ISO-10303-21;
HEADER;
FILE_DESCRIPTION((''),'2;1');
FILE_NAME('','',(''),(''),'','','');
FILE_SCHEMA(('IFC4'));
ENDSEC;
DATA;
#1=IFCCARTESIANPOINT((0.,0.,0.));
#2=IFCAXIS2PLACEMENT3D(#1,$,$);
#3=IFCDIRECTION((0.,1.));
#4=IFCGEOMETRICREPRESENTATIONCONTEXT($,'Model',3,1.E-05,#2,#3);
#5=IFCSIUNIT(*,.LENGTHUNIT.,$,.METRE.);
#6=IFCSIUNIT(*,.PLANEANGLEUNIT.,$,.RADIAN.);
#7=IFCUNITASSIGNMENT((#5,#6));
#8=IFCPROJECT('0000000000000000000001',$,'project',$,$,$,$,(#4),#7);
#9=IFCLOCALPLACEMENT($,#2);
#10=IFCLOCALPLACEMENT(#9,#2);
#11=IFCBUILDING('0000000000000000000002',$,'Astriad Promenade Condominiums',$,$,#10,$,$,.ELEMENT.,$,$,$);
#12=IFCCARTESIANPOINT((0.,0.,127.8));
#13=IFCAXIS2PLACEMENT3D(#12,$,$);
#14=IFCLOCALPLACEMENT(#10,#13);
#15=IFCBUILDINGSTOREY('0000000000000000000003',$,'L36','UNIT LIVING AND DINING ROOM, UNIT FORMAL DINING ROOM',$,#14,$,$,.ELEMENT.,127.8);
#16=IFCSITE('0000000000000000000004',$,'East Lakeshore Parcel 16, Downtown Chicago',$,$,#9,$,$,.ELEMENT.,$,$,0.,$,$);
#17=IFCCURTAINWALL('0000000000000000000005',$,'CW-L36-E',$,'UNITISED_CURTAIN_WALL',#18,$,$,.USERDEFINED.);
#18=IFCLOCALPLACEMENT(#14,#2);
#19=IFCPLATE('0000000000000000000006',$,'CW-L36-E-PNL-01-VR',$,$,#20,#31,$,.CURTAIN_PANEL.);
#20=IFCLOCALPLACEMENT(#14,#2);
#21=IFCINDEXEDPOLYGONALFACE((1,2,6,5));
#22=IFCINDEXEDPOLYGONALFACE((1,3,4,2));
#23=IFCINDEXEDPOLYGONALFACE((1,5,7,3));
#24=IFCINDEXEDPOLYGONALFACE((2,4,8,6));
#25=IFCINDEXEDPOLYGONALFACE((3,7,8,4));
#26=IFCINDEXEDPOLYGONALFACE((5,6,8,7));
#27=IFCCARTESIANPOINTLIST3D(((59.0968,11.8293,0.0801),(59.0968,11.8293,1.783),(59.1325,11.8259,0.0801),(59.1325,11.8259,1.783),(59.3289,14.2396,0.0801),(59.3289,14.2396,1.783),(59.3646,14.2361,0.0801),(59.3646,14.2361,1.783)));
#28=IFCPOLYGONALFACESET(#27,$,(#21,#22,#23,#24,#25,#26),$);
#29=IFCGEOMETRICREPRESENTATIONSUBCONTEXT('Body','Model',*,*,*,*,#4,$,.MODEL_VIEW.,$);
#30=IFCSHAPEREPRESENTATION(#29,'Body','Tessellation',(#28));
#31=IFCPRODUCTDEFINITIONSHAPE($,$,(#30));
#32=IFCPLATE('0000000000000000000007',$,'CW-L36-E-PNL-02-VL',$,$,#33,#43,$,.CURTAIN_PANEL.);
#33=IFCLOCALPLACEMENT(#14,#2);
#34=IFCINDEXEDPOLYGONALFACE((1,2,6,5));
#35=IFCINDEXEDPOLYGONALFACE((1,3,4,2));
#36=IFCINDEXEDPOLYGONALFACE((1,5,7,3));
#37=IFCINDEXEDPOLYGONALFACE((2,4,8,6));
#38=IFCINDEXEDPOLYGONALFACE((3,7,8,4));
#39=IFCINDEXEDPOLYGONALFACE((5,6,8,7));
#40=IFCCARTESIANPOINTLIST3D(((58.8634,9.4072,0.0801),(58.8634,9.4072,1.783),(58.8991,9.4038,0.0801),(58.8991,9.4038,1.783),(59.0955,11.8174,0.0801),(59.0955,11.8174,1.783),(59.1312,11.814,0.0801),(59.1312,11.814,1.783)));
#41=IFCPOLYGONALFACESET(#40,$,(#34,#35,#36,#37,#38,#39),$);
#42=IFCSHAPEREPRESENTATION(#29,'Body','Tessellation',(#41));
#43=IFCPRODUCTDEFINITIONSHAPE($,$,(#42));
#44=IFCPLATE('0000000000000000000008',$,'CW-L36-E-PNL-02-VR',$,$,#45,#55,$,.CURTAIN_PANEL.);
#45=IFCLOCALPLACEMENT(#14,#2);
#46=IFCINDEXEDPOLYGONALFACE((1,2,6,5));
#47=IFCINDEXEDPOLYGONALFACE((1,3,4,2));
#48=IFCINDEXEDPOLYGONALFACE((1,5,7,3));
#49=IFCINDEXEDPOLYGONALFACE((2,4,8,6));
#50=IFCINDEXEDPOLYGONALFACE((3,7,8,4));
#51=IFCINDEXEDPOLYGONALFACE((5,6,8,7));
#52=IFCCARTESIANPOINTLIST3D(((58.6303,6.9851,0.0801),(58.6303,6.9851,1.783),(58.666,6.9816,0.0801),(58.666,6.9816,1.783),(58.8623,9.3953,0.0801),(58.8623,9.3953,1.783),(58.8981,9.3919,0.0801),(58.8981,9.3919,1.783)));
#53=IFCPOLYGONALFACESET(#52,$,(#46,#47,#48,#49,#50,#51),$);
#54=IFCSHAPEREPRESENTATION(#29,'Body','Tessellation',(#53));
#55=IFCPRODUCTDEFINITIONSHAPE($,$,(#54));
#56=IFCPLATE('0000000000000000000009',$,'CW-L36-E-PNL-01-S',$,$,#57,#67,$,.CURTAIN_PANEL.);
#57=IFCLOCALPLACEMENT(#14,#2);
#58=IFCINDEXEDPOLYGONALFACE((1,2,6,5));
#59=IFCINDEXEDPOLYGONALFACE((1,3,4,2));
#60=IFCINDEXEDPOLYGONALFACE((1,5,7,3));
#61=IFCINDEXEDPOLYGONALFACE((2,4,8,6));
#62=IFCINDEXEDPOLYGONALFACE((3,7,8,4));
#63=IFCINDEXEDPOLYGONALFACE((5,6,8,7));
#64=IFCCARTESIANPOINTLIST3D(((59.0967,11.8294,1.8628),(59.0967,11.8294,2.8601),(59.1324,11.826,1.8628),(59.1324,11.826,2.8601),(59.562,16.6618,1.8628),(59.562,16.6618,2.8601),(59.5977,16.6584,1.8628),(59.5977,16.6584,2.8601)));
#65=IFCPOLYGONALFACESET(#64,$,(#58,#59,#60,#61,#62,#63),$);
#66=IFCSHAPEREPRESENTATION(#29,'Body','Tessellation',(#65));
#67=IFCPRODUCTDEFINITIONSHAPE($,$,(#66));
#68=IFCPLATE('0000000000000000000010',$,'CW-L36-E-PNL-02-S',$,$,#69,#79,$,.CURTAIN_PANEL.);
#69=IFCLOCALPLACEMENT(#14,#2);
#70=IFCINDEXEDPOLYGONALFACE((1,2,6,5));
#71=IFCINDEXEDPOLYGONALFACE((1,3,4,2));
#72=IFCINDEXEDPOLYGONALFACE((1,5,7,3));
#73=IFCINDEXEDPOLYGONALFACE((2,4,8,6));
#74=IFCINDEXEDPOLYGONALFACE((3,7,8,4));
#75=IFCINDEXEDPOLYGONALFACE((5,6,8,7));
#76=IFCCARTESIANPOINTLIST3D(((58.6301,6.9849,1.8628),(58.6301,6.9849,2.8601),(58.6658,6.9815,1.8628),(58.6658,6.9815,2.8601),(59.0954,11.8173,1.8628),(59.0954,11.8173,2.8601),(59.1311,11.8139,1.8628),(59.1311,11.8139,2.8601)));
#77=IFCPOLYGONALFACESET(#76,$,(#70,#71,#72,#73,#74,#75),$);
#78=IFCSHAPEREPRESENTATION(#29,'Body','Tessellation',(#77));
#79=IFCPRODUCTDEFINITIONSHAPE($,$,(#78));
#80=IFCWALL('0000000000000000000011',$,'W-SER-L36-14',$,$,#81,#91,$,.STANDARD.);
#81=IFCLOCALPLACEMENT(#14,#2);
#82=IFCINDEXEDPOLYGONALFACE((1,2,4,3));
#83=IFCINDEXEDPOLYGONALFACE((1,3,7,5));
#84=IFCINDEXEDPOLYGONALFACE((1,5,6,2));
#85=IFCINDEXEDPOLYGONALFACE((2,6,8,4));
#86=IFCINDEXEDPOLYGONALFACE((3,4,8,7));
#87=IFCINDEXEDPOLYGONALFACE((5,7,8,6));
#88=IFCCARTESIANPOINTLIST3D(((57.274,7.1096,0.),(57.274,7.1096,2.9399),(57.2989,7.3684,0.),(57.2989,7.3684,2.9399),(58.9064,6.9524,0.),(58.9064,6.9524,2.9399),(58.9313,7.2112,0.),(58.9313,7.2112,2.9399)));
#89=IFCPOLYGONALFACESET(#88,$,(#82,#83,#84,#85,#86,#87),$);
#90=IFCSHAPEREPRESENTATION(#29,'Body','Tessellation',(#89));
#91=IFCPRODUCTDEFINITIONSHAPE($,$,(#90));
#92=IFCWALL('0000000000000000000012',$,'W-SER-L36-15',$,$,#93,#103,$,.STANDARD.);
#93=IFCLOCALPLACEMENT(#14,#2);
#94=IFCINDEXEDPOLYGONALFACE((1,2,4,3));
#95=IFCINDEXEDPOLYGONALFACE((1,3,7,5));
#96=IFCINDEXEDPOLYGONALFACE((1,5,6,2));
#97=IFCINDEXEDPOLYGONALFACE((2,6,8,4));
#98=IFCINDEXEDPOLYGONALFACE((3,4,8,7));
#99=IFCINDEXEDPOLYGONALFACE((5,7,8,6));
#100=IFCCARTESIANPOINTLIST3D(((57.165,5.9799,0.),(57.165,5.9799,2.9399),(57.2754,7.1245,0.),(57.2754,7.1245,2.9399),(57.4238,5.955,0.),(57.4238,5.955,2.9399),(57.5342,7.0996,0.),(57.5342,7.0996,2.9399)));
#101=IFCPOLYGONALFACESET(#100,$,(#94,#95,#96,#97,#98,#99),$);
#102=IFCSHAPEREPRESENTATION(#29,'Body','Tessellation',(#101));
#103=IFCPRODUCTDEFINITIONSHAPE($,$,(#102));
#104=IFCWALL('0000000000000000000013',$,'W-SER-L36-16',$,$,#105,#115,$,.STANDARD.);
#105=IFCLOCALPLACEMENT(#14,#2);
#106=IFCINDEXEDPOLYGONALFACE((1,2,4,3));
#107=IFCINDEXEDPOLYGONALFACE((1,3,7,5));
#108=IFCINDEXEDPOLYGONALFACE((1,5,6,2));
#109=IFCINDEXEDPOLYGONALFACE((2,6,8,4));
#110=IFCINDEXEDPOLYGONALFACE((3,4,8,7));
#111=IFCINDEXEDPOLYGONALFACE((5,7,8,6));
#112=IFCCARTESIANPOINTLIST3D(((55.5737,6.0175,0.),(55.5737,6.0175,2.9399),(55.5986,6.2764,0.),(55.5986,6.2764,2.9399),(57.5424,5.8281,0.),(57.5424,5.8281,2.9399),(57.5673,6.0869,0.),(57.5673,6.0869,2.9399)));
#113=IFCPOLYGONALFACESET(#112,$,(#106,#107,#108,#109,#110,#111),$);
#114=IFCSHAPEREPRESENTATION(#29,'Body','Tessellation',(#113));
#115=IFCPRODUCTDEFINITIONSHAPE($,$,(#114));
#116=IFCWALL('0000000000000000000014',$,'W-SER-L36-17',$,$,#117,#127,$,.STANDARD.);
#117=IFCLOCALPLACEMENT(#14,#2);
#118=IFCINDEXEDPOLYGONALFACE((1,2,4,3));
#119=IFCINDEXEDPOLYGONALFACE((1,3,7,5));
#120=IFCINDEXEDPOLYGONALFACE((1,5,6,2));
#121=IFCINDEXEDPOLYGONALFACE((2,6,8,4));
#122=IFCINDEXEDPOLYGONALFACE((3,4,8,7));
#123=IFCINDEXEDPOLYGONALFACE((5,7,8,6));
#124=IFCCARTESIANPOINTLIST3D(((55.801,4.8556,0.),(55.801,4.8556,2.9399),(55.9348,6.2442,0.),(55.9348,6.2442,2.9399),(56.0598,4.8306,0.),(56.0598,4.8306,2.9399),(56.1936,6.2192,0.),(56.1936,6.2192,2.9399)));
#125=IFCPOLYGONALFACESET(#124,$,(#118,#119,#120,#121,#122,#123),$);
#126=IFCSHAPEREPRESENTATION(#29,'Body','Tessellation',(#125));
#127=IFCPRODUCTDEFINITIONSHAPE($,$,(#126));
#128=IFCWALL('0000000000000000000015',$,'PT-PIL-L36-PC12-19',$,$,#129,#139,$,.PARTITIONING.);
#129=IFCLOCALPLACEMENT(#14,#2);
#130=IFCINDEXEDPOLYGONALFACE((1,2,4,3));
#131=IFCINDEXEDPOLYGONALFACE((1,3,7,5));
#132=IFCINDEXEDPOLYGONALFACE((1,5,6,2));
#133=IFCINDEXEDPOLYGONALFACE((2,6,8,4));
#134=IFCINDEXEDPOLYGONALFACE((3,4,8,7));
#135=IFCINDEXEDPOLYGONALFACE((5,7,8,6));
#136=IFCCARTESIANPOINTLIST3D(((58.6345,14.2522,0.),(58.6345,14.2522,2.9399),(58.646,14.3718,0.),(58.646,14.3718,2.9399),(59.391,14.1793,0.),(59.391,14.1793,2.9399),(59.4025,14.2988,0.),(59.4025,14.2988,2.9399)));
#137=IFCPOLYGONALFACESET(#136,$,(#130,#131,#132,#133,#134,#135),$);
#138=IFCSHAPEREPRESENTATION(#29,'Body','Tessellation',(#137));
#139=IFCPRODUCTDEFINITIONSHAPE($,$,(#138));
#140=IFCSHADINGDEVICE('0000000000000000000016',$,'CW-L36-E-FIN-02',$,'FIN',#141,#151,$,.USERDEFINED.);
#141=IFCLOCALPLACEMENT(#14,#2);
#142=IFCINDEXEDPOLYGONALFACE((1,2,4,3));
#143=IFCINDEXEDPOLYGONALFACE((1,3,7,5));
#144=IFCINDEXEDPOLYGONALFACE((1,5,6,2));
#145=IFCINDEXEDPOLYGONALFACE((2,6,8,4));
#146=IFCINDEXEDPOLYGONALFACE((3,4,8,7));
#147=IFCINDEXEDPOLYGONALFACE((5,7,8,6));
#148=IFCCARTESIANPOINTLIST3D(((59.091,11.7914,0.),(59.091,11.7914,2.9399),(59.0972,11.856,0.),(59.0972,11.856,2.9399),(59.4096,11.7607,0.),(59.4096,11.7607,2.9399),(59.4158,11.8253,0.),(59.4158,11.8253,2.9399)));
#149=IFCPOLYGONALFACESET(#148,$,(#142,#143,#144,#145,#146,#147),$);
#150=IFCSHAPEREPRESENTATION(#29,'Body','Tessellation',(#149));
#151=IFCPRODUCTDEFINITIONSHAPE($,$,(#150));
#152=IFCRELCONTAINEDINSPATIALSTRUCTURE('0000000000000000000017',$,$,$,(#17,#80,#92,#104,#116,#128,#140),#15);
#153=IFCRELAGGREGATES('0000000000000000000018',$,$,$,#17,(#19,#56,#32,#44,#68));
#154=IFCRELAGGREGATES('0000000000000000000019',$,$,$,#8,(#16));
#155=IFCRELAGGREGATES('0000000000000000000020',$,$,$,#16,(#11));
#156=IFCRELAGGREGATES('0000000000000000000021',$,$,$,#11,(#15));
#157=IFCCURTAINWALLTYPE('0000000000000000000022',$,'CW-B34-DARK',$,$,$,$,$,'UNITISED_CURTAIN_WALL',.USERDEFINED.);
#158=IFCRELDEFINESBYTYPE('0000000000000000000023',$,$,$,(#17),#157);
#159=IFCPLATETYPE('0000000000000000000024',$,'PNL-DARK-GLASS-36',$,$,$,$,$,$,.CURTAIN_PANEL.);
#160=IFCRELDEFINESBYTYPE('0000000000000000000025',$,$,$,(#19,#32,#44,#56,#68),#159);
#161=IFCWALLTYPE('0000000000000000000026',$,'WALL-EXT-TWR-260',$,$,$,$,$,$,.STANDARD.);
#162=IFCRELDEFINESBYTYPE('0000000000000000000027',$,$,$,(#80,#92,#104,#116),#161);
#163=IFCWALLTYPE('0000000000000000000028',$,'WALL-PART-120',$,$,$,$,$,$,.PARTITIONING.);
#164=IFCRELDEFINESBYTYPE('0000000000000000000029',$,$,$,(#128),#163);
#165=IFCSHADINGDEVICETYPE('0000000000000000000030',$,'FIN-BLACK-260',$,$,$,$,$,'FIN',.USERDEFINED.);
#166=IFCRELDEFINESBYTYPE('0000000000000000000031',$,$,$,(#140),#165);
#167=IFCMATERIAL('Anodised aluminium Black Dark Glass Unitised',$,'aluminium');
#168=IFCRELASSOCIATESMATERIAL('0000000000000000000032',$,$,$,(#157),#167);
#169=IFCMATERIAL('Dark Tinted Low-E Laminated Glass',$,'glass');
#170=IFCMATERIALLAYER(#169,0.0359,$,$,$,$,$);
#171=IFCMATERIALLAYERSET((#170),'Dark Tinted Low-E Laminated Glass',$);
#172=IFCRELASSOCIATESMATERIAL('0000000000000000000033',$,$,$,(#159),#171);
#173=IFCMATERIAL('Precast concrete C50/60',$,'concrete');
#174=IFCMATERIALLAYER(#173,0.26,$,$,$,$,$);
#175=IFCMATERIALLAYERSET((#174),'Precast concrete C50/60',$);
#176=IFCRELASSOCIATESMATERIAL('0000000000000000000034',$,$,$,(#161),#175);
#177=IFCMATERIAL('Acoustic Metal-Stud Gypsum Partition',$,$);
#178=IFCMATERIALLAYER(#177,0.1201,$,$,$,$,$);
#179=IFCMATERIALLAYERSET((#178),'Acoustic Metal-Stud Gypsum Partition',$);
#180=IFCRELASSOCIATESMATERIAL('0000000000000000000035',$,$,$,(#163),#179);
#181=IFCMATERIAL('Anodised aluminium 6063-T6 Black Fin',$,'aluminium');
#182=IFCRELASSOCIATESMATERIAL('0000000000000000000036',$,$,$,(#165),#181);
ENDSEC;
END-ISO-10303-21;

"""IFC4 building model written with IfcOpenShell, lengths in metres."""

from ifc_helpers import new_model, si_unit, direction, frame, frame_2d, origin, origin_2d, place, context, subcontext, project, spatial, rectangle, extrude, source, transform, mapped, material, layer, layer_set, type_object, type_shapes, element, aggregate, save


model = new_model("IFC4")

# Units and contexts
model_context = context("Model", 3, precision=1e-05, world=origin(), true_north=direction((0.0, 1.0)))
body_context = subcontext(model_context, "Body", "Model", "MODEL_VIEW")
ifc_project = project(units=[si_unit("LENGTHUNIT", "METRE"), si_unit("PLANEANGLEUNIT", "RADIAN")], contexts=[model_context])

# Site, building, storey
site_placement = place(None, origin())
site = spatial("IfcSite", under=ifc_project, at=site_placement, Name="East Lakeshore Parcel 16, Downtown Chicago", CompositionType="ELEMENT", RefElevation=0.0)
building_placement = place(site_placement, origin())
building = spatial("IfcBuilding", under=site, at=building_placement, Name="Astriad Promenade Condominiums", CompositionType="ELEMENT")
storey_placement = place(building_placement, frame((0.0, 0.0, 127.8)))
storey = spatial("IfcBuildingStorey", under=building, at=storey_placement, Name="L36", Description="UNIT LIVING AND DINING ROOM, UNIT FORMAL DINING ROOM", CompositionType="ELEMENT", Elevation=127.8)

# Curtain wall, plates
ifc_material_1 = material(Name="Anodised aluminium Black Dark Glass Unitised", Category="aluminium")
curtain_wall_type = type_object("IfcCurtainWallType", Name="CW-B34-DARK", ElementType="UNITISED_CURTAIN_WALL", PredefinedType="USERDEFINED", material=ifc_material_1)
curtain_wall_placement = place(storey_placement, origin())
curtain_wall = element("IfcCurtainWall", 1, at=curtain_wall_placement, inside=storey, type_object=curtain_wall_type, Name="CW-L36-E", ObjectType="UNITISED_CURTAIN_WALL", PredefinedType="USERDEFINED")
ifc_material_2 = material(Name="Dark Tinted Low-E Laminated Glass", Category="glass")
ifc_layer_1 = layer(ifc_material_2, 0.0359)
ifc_layer_set_1 = layer_set([ifc_layer_1], Name="Dark Tinted Low-E Laminated Glass")
plate_type = type_object("IfcPlateType", Name="PNL-DARK-GLASS-36", PredefinedType="CURTAIN_PANEL", material=ifc_layer_set_1)
shared_shape_1 = source(origin(), body_context, "Body", "SweptSolid", [
    extrude(rectangle(XDim=2.4214, YDim=0.0359, at=origin_2d()), origin(), (0.0, 0.0, 1.0), 1.7029),
])
plate_1_placement = place(storey_placement, frame((59.2307, 13.0327, 0.0801), z_axis=(0.0, 0.0, 1.0), x_axis=(-0.095846, -0.995396, 0.0)))
plate_1 = element("IfcPlate", 2, at=plate_1_placement, type_object=plate_type, Name="CW-L36-E-PNL-01-VR", PredefinedType="CURTAIN_PANEL", context=body_context, shape_type="MappedRepresentation", body=[
    mapped(shared_shape_1, transform((0.0, 0.0, 0.0), scale=1.0)),
])
plate_2_placement = place(storey_placement, frame((58.9973, 10.6106, 0.0801), z_axis=(0.0, 0.0, 1.0), x_axis=(-0.095846, -0.995396, 0.0)))
plate_2 = element("IfcPlate", 3, at=plate_2_placement, type_object=plate_type, Name="CW-L36-E-PNL-02-VL", PredefinedType="CURTAIN_PANEL", context=body_context, shape_type="MappedRepresentation", body=[
    mapped(shared_shape_1, transform((0.0, 0.0, 0.0), scale=1.0)),
])
plate_3_placement = place(storey_placement, frame((58.7642, 8.1885, 0.0801), z_axis=(0.0, 0.0, 1.0), x_axis=(-0.095846, -0.995396, 0.0)))
plate_3 = element("IfcPlate", 4, at=plate_3_placement, type_object=plate_type, Name="CW-L36-E-PNL-02-VR", PredefinedType="CURTAIN_PANEL", context=body_context, shape_type="MappedRepresentation", body=[
    mapped(shared_shape_1, transform((0.0, 0.0, 0.0), scale=1.0)),
])
shared_shape_2 = source(origin(), body_context, "Body", "SweptSolid", [
    extrude(rectangle(XDim=4.8547, YDim=0.0359, at=origin_2d()), origin(), (0.0, 0.0, 1.0), 0.9973),
])
type_shapes(plate_type, [shared_shape_1, shared_shape_2])
plate_4_placement = place(storey_placement, frame((59.3472, 14.2439, 1.8628), z_axis=(0.0, 0.0, 1.0), x_axis=(-0.095846, -0.995396, 0.0)))
plate_4 = element("IfcPlate", 5, at=plate_4_placement, type_object=plate_type, Name="CW-L36-E-PNL-01-S", PredefinedType="CURTAIN_PANEL", context=body_context, shape_type="MappedRepresentation", body=[
    mapped(shared_shape_2, transform((0.0, 0.0, 0.0), scale=1.0)),
])
plate_5_placement = place(storey_placement, frame((58.8806, 9.3994, 1.8628), z_axis=(0.0, 0.0, 1.0), x_axis=(-0.095846, -0.995396, 0.0)))
plate_5 = element("IfcPlate", 6, at=plate_5_placement, type_object=plate_type, Name="CW-L36-E-PNL-02-S", PredefinedType="CURTAIN_PANEL", context=body_context, shape_type="MappedRepresentation", body=[
    mapped(shared_shape_2, transform((0.0, 0.0, 0.0), scale=1.0)),
])
aggregate(curtain_wall, [plate_1, plate_4, plate_2, plate_3, plate_5])

# Walls
ifc_material_3 = material(Name="Precast concrete C50/60", Category="concrete")
ifc_layer_2 = layer(ifc_material_3, 0.26)
ifc_layer_set_2 = layer_set([ifc_layer_2], Name="Precast concrete C50/60")
wall_type_1 = type_object("IfcWallType", Name="WALL-EXT-TWR-260", PredefinedType="STANDARD", material=ifc_layer_set_2)
wall_1_placement = place(storey_placement, frame((58.9187, 7.0818, 0.0), z_axis=(0.0, 0.0, 1.0), x_axis=(-0.995393, 0.095877, 0.0)))
element("IfcWall", 7, at=wall_1_placement, inside=storey, type_object=wall_type_1, Name="W-SER-L36-14", PredefinedType="STANDARD", context=body_context, shape_type="SweptSolid", body=[
    extrude(rectangle(XDim=1.6399, YDim=0.26, at=frame_2d((0.8198, 0.0))), origin(), (0.0, 0.0, 1.0), 2.9399),
])
wall_2_placement = place(storey_placement, frame((57.4048, 7.1121, 0.0), z_axis=(0.0, 0.0, 1.0), x_axis=(-0.095971, -0.995384, 0.0)))
element("IfcWall", 8, at=wall_2_placement, inside=storey, type_object=wall_type_1, Name="W-SER-L36-15", PredefinedType="STANDARD", context=body_context, shape_type="SweptSolid", body=[
    extrude(rectangle(XDim=1.1499, YDim=0.26, at=frame_2d((0.575, 0.0))), origin(), (0.0, 0.0, 1.0), 2.9399),
])
wall_3_placement = place(storey_placement, frame((57.5547, 5.9575, 0.0), z_axis=(0.0, 0.0, 1.0), x_axis=(-0.995402, 0.095788, 0.0)))
element("IfcWall", 9, at=wall_3_placement, inside=storey, type_object=wall_type_1, Name="W-SER-L36-16", PredefinedType="STANDARD", context=body_context, shape_type="SweptSolid", body=[
    extrude(rectangle(XDim=1.9778, YDim=0.26, at=frame_2d((0.9888, 0.0))), origin(), (0.0, 0.0, 1.0), 2.9399),
])
wall_4_placement = place(storey_placement, frame((56.0642, 6.2317, 0.0), z_axis=(0.0, 0.0, 1.0), x_axis=(-0.095899, -0.995391, 0.0)))
element("IfcWall", 10, at=wall_4_placement, inside=storey, type_object=wall_type_1, Name="W-SER-L36-17", PredefinedType="STANDARD", context=body_context, shape_type="SweptSolid", body=[
    extrude(rectangle(XDim=1.395, YDim=0.26, at=frame_2d((0.6975, 0.0))), origin(), (0.0, 0.0, 1.0), 2.9399),
])
ifc_material_4 = material(Name="Acoustic Metal-Stud Gypsum Partition")
ifc_layer_3 = layer(ifc_material_4, 0.1201)
ifc_layer_set_3 = layer_set([ifc_layer_3], Name="Acoustic Metal-Stud Gypsum Partition")
wall_type_2 = type_object("IfcWallType", Name="WALL-PART-120", PredefinedType="PARTITIONING", material=ifc_layer_set_3)
wall_5_placement = place(storey_placement, frame((58.6404, 14.312, 0.0), z_axis=(0.0, 0.0, 1.0), x_axis=(0.995378, -0.096037, 0.0)))
element("IfcWall", 11, at=wall_5_placement, inside=storey, type_object=wall_type_2, Name="PT-PIL-L36-PC12-19", PredefinedType="PARTITIONING", context=body_context, shape_type="SweptSolid", body=[
    extrude(rectangle(XDim=0.76, YDim=0.1201, at=frame_2d((0.3799, 0.0))), origin(), (0.0, 0.0, 1.0), 2.9399),
])

# Shading device
ifc_material_5 = material(Name="Anodised aluminium 6063-T6 Black Fin", Category="aluminium")
shading_device_type = type_object("IfcShadingDeviceType", Name="FIN-BLACK-260", ElementType="FIN", PredefinedType="USERDEFINED", material=ifc_material_5)
shared_shape_3 = source(origin(), body_context, "Body", "SweptSolid", [
    extrude(rectangle(XDim=0.0649, YDim=0.3201, at=origin_2d()), origin(), (0.0, 0.0, 1.0), 2.9399),
])
type_shapes(shading_device_type, [shared_shape_3])
shading_device_placement = place(storey_placement, frame((59.2534, 11.8083, 0.0), z_axis=(0.0, 0.0, 1.0), x_axis=(-0.095846, -0.995396, 0.0)))
element("IfcShadingDevice", 12, at=shading_device_placement, inside=storey, type_object=shading_device_type, Name="CW-L36-E-FIN-02", ObjectType="FIN", PredefinedType="USERDEFINED", context=body_context, shape_type="MappedRepresentation", body=[
    mapped(shared_shape_3, transform((0.0, 0.0, 0.0), scale=1.0)),
])

save(model, "model.ifc")
